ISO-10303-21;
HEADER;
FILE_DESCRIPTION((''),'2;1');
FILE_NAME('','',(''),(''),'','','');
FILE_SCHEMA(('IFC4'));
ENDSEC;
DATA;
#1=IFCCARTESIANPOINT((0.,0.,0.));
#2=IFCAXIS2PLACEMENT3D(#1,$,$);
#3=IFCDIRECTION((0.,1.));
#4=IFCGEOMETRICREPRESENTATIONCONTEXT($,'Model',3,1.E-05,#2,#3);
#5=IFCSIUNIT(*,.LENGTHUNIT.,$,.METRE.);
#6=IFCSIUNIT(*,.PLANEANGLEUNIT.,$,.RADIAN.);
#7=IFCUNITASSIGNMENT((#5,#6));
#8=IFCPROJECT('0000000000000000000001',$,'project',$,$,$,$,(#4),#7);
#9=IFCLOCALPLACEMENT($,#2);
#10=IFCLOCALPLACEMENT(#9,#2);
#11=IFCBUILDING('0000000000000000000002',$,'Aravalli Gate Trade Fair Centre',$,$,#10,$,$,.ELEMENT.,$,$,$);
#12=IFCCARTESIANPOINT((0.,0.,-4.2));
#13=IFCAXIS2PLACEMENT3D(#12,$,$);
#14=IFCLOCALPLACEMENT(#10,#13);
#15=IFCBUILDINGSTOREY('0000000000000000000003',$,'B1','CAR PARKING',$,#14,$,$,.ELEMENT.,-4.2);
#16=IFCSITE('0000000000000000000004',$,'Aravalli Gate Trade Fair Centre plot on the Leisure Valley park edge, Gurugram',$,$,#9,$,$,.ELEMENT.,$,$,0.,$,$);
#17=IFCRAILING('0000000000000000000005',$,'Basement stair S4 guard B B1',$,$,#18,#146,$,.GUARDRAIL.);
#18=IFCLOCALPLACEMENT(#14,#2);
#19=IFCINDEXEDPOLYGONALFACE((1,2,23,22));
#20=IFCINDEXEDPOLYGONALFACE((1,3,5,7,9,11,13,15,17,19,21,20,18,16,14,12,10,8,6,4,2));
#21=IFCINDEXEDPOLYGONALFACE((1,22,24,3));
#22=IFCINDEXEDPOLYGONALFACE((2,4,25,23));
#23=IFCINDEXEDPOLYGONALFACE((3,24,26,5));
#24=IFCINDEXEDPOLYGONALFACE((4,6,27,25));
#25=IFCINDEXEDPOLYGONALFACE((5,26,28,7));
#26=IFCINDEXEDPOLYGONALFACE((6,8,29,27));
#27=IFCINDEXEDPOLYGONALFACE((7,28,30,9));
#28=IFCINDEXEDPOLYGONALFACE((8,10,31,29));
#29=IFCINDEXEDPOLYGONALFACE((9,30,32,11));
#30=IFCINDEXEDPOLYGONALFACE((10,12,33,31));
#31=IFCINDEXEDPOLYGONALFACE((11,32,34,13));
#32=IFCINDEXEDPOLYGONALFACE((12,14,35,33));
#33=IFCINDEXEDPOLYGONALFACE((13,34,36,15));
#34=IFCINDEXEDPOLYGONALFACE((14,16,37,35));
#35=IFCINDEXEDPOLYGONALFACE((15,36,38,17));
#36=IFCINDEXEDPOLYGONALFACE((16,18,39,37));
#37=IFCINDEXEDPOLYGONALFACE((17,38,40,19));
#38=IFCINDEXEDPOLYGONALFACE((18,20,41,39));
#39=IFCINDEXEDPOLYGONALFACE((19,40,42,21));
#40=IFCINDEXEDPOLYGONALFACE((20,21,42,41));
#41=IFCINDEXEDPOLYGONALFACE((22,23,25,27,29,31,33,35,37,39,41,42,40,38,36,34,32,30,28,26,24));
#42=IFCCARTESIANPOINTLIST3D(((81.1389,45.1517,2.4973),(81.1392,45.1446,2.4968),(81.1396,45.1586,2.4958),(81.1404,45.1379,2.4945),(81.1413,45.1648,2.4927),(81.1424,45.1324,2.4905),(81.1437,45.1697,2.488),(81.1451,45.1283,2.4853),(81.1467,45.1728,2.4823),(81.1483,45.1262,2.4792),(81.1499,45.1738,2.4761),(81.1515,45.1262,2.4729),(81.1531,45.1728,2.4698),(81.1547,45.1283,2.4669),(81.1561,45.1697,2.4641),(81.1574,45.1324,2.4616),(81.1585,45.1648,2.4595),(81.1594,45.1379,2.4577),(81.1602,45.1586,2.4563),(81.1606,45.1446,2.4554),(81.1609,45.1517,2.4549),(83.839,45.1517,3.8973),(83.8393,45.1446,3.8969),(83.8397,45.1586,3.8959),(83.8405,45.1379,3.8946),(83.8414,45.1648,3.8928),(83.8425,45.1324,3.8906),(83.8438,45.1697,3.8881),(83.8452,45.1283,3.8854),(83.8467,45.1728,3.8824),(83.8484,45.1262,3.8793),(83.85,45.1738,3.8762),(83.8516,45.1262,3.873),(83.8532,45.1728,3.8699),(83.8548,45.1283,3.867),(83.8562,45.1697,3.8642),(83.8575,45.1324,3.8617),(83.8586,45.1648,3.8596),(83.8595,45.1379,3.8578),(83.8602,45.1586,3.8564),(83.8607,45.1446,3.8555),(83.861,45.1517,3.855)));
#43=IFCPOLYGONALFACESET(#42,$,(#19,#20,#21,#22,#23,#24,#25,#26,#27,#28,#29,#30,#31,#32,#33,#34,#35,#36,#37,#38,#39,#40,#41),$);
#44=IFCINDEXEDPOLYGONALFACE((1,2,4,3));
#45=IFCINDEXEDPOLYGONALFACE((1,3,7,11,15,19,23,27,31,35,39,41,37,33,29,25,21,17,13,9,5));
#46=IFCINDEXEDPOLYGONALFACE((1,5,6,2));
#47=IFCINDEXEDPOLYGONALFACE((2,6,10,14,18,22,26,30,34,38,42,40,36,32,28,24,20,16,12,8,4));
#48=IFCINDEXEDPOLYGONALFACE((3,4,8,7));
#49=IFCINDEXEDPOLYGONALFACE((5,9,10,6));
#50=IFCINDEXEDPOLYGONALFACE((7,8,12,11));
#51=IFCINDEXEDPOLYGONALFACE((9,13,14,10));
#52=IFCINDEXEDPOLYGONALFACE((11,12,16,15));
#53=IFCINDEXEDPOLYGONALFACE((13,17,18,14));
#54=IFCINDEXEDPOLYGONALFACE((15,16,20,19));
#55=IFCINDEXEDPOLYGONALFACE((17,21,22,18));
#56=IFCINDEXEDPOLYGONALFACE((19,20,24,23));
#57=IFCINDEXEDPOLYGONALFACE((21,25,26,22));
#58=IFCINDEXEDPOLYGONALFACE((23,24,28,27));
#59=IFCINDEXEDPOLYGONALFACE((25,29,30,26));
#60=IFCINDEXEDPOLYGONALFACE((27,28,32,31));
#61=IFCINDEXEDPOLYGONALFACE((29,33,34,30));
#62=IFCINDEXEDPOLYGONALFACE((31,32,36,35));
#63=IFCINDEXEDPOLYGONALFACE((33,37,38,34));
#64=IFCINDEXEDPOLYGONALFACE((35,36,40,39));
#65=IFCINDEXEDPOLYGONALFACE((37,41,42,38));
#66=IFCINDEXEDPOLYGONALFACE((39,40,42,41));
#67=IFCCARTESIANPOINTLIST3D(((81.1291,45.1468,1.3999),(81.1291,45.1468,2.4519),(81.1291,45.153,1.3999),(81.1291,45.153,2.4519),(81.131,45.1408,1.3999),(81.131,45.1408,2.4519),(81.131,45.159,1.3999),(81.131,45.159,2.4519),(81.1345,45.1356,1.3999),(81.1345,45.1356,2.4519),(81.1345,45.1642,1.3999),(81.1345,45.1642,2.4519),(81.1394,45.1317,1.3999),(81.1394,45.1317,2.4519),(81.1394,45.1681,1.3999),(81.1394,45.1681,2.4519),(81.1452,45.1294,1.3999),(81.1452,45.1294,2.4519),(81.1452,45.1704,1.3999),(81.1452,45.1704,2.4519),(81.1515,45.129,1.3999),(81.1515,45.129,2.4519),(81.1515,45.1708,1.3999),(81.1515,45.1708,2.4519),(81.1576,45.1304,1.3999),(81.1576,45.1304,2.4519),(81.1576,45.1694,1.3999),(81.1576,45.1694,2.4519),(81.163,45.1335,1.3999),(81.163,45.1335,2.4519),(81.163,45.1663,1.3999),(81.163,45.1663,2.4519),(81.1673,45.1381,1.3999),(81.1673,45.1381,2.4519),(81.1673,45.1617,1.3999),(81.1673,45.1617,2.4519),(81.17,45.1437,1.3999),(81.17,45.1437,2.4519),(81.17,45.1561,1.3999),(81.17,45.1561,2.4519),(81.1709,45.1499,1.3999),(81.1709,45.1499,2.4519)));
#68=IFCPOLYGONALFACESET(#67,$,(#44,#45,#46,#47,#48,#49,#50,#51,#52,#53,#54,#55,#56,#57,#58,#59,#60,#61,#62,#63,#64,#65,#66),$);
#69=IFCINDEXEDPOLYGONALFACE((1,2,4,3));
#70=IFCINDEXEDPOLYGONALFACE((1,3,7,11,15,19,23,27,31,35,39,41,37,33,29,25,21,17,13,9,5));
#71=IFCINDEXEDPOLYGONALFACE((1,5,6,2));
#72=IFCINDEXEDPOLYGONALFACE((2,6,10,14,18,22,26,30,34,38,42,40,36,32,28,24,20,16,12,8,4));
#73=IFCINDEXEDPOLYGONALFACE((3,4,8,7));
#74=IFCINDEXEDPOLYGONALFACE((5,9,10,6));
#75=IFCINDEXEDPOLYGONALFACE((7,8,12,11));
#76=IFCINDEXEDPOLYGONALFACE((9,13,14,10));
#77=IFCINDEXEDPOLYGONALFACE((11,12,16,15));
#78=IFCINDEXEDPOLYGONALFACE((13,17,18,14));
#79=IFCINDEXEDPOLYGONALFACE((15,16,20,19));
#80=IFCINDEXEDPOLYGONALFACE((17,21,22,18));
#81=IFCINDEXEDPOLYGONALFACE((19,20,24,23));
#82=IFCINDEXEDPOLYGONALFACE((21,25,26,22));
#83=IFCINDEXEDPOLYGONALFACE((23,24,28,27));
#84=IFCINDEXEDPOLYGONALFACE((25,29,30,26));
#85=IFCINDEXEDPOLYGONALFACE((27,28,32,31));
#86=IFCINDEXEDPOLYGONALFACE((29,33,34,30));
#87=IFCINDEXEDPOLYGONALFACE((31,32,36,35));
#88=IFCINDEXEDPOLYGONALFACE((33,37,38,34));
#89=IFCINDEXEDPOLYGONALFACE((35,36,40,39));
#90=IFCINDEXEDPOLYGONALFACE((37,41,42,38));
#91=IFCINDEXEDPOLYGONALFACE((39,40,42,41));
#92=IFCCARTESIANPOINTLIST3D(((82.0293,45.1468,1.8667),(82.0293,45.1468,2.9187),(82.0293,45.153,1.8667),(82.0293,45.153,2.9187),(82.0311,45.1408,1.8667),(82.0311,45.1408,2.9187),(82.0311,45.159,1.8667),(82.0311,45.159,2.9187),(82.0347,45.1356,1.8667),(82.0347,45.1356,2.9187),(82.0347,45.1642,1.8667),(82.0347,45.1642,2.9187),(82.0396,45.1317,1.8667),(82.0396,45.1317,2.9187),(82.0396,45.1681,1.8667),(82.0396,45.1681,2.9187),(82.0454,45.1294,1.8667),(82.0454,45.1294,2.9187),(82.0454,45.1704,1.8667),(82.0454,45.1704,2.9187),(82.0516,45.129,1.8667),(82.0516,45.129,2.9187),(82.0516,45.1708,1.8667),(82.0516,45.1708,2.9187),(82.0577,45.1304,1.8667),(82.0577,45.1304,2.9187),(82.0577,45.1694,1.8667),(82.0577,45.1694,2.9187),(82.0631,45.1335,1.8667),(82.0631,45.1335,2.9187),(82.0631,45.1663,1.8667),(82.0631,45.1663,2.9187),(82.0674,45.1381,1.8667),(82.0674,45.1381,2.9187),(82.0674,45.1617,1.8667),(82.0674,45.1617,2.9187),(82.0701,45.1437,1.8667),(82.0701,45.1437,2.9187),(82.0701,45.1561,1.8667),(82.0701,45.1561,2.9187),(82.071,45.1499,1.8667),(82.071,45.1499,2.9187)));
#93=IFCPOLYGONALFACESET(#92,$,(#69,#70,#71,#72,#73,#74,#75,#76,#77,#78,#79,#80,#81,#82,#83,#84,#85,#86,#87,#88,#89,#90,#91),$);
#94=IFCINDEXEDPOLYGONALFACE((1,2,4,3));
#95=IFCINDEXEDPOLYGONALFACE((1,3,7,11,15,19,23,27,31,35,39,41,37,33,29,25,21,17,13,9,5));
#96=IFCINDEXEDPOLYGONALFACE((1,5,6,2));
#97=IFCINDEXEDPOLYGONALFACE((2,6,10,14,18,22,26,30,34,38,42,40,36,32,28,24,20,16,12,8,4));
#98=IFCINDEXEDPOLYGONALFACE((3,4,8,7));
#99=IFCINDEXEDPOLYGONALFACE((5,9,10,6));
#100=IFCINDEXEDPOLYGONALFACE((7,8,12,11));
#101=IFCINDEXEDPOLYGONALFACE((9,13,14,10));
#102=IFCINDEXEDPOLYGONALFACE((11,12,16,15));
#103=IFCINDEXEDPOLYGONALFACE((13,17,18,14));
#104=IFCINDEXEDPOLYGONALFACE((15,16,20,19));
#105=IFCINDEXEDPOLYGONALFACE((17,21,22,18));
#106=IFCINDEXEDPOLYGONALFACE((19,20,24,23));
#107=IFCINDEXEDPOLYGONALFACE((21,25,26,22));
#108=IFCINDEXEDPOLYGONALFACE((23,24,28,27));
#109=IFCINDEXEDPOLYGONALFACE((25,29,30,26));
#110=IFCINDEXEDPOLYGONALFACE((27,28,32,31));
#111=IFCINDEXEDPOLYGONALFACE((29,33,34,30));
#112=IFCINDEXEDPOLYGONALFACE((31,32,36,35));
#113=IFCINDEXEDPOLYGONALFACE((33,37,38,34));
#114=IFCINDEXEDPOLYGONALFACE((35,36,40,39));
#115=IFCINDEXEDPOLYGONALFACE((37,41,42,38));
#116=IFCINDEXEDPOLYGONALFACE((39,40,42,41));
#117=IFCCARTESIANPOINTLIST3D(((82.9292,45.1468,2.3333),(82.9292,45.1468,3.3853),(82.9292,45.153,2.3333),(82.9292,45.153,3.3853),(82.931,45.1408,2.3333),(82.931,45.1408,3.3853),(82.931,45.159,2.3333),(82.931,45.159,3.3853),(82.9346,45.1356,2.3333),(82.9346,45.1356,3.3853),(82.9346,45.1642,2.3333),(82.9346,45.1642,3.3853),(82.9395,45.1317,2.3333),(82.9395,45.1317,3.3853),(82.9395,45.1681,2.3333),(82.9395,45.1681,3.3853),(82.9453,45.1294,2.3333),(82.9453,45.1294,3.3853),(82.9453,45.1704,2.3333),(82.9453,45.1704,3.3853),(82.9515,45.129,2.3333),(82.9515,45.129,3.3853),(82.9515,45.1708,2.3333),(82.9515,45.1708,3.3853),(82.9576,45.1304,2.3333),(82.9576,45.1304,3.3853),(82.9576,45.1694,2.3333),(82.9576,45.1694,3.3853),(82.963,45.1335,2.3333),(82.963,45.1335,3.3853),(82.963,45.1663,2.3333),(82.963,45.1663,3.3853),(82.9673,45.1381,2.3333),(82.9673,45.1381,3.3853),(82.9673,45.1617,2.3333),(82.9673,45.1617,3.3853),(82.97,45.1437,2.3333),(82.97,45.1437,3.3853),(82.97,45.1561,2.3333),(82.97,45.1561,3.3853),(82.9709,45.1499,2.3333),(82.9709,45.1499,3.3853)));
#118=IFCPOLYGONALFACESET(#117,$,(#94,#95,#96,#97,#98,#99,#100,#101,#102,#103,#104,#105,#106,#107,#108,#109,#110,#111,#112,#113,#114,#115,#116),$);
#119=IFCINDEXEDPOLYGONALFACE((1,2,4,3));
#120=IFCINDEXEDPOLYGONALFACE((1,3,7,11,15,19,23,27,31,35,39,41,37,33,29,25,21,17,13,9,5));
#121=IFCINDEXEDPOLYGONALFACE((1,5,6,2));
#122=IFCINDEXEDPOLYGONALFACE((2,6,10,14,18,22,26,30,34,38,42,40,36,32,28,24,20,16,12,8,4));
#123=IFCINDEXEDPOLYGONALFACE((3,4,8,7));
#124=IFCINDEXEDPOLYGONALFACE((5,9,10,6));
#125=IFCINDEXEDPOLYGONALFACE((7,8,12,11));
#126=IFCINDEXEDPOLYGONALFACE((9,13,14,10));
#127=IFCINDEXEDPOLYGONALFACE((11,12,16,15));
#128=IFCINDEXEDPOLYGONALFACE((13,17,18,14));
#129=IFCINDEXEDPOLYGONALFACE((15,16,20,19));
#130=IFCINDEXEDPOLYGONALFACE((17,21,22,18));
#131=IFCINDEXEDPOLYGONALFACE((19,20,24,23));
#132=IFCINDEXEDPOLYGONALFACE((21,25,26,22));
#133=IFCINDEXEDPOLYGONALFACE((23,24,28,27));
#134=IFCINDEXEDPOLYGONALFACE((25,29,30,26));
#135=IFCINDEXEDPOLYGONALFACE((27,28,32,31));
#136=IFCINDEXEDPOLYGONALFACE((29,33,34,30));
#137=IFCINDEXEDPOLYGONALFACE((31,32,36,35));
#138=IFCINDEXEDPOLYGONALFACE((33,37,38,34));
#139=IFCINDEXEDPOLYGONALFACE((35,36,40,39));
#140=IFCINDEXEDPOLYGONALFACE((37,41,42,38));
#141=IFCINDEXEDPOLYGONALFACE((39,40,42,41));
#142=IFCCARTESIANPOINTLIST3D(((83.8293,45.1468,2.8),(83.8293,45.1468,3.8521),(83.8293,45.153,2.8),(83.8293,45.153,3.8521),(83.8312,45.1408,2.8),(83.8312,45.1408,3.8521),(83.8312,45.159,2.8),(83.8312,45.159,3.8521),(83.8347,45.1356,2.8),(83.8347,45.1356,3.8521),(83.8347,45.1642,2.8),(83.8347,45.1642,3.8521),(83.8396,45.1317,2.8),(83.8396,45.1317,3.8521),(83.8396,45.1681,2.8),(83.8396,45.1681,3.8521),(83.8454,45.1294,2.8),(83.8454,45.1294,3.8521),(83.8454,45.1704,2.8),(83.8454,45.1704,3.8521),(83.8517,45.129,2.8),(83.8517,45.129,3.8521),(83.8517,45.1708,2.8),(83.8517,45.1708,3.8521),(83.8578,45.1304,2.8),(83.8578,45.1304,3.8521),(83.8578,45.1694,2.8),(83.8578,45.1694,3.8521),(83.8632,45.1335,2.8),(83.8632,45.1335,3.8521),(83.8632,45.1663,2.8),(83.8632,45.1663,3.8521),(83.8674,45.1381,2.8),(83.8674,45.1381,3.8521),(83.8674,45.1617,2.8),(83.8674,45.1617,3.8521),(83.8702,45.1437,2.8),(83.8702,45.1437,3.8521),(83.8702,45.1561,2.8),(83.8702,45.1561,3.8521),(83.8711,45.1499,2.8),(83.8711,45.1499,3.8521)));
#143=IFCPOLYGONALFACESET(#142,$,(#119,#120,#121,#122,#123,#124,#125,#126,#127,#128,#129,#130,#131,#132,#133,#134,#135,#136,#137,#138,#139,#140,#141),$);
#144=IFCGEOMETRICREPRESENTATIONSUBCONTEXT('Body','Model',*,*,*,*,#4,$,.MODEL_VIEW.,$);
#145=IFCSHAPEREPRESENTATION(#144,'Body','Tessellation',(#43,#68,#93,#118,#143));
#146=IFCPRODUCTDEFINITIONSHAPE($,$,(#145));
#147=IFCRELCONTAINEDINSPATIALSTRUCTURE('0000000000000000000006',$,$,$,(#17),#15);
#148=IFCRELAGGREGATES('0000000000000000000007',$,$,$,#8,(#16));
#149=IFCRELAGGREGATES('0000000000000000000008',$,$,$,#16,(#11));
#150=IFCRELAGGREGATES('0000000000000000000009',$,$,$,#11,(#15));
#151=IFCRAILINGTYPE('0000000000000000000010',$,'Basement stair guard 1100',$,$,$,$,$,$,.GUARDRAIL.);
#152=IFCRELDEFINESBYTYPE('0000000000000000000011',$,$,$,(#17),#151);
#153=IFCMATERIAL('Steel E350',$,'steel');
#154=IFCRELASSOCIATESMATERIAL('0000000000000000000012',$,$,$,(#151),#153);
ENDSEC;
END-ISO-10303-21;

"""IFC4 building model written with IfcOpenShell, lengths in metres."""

from ifc_helpers import new_model, si_unit, direction, frame, origin, origin_2d, place, context, subcontext, project, spatial, circle, extrude, material, type_object, element, save


model = new_model("IFC4")

# Units and contexts
model_context = context("Model", 3, precision=1e-05, world=origin(), true_north=direction((0.0, 1.0)))
body_context = subcontext(model_context, "Body", "Model", "MODEL_VIEW")
ifc_project = project(units=[si_unit("LENGTHUNIT", "METRE"), si_unit("PLANEANGLEUNIT", "RADIAN")], contexts=[model_context])

# Site, building, storey
site_placement = place(None, origin())
site = spatial("IfcSite", under=ifc_project, at=site_placement, Name="Aravalli Gate Trade Fair Centre plot on the Leisure Valley park edge, Gurugram", CompositionType="ELEMENT", RefElevation=0.0)
building_placement = place(site_placement, origin())
building = spatial("IfcBuilding", under=site, at=building_placement, Name="Aravalli Gate Trade Fair Centre", CompositionType="ELEMENT")
storey_placement = place(building_placement, frame((0.0, 0.0, -4.2)))
storey = spatial("IfcBuildingStorey", under=building, at=storey_placement, Name="B1", Description="CAR PARKING", CompositionType="ELEMENT", Elevation=-4.2)

# Railing
ifc_material_1 = material(Name="Steel E350", Category="steel")
railing_type_1 = type_object("IfcRailingType", Name="Basement stair guard 1100", PredefinedType="GUARDRAIL", material=ifc_material_1)
railing_1_placement = place(storey_placement, frame((81.1499, 45.1499, 1.3999)))
element("IfcRailing", 1, at=railing_1_placement, inside=storey, type_object=railing_type_1, Name="Basement stair S4 guard B B1", PredefinedType="GUARDRAIL", context=body_context, shape_type="SweptSolid", body=[
    extrude(circle(Radius=0.0239, at=origin_2d()), frame((0.0, 0.0, 1.0762), z_axis=(0.887748, 0.0, 0.460329), x_axis=(0.0, 1.0, 0.0)), (0.0, 0.0, 1.0), 3.0415),
    extrude(circle(Radius=0.021, at=origin_2d()), origin(), (0.0, 0.0, 1.0), 1.052),
    extrude(circle(Radius=0.021, at=origin_2d()), frame((0.9001, 0.0, 0.4668)), (0.0, 0.0, 1.0), 1.052),
    extrude(circle(Radius=0.021, at=origin_2d()), frame((1.8, 0.0, 0.9333)), (0.0, 0.0, 1.0), 1.052),
    extrude(circle(Radius=0.021, at=origin_2d()), frame((2.7002, 0.0, 1.4001)), (0.0, 0.0, 1.0), 1.052),
])

save(model, "model.ifc")
